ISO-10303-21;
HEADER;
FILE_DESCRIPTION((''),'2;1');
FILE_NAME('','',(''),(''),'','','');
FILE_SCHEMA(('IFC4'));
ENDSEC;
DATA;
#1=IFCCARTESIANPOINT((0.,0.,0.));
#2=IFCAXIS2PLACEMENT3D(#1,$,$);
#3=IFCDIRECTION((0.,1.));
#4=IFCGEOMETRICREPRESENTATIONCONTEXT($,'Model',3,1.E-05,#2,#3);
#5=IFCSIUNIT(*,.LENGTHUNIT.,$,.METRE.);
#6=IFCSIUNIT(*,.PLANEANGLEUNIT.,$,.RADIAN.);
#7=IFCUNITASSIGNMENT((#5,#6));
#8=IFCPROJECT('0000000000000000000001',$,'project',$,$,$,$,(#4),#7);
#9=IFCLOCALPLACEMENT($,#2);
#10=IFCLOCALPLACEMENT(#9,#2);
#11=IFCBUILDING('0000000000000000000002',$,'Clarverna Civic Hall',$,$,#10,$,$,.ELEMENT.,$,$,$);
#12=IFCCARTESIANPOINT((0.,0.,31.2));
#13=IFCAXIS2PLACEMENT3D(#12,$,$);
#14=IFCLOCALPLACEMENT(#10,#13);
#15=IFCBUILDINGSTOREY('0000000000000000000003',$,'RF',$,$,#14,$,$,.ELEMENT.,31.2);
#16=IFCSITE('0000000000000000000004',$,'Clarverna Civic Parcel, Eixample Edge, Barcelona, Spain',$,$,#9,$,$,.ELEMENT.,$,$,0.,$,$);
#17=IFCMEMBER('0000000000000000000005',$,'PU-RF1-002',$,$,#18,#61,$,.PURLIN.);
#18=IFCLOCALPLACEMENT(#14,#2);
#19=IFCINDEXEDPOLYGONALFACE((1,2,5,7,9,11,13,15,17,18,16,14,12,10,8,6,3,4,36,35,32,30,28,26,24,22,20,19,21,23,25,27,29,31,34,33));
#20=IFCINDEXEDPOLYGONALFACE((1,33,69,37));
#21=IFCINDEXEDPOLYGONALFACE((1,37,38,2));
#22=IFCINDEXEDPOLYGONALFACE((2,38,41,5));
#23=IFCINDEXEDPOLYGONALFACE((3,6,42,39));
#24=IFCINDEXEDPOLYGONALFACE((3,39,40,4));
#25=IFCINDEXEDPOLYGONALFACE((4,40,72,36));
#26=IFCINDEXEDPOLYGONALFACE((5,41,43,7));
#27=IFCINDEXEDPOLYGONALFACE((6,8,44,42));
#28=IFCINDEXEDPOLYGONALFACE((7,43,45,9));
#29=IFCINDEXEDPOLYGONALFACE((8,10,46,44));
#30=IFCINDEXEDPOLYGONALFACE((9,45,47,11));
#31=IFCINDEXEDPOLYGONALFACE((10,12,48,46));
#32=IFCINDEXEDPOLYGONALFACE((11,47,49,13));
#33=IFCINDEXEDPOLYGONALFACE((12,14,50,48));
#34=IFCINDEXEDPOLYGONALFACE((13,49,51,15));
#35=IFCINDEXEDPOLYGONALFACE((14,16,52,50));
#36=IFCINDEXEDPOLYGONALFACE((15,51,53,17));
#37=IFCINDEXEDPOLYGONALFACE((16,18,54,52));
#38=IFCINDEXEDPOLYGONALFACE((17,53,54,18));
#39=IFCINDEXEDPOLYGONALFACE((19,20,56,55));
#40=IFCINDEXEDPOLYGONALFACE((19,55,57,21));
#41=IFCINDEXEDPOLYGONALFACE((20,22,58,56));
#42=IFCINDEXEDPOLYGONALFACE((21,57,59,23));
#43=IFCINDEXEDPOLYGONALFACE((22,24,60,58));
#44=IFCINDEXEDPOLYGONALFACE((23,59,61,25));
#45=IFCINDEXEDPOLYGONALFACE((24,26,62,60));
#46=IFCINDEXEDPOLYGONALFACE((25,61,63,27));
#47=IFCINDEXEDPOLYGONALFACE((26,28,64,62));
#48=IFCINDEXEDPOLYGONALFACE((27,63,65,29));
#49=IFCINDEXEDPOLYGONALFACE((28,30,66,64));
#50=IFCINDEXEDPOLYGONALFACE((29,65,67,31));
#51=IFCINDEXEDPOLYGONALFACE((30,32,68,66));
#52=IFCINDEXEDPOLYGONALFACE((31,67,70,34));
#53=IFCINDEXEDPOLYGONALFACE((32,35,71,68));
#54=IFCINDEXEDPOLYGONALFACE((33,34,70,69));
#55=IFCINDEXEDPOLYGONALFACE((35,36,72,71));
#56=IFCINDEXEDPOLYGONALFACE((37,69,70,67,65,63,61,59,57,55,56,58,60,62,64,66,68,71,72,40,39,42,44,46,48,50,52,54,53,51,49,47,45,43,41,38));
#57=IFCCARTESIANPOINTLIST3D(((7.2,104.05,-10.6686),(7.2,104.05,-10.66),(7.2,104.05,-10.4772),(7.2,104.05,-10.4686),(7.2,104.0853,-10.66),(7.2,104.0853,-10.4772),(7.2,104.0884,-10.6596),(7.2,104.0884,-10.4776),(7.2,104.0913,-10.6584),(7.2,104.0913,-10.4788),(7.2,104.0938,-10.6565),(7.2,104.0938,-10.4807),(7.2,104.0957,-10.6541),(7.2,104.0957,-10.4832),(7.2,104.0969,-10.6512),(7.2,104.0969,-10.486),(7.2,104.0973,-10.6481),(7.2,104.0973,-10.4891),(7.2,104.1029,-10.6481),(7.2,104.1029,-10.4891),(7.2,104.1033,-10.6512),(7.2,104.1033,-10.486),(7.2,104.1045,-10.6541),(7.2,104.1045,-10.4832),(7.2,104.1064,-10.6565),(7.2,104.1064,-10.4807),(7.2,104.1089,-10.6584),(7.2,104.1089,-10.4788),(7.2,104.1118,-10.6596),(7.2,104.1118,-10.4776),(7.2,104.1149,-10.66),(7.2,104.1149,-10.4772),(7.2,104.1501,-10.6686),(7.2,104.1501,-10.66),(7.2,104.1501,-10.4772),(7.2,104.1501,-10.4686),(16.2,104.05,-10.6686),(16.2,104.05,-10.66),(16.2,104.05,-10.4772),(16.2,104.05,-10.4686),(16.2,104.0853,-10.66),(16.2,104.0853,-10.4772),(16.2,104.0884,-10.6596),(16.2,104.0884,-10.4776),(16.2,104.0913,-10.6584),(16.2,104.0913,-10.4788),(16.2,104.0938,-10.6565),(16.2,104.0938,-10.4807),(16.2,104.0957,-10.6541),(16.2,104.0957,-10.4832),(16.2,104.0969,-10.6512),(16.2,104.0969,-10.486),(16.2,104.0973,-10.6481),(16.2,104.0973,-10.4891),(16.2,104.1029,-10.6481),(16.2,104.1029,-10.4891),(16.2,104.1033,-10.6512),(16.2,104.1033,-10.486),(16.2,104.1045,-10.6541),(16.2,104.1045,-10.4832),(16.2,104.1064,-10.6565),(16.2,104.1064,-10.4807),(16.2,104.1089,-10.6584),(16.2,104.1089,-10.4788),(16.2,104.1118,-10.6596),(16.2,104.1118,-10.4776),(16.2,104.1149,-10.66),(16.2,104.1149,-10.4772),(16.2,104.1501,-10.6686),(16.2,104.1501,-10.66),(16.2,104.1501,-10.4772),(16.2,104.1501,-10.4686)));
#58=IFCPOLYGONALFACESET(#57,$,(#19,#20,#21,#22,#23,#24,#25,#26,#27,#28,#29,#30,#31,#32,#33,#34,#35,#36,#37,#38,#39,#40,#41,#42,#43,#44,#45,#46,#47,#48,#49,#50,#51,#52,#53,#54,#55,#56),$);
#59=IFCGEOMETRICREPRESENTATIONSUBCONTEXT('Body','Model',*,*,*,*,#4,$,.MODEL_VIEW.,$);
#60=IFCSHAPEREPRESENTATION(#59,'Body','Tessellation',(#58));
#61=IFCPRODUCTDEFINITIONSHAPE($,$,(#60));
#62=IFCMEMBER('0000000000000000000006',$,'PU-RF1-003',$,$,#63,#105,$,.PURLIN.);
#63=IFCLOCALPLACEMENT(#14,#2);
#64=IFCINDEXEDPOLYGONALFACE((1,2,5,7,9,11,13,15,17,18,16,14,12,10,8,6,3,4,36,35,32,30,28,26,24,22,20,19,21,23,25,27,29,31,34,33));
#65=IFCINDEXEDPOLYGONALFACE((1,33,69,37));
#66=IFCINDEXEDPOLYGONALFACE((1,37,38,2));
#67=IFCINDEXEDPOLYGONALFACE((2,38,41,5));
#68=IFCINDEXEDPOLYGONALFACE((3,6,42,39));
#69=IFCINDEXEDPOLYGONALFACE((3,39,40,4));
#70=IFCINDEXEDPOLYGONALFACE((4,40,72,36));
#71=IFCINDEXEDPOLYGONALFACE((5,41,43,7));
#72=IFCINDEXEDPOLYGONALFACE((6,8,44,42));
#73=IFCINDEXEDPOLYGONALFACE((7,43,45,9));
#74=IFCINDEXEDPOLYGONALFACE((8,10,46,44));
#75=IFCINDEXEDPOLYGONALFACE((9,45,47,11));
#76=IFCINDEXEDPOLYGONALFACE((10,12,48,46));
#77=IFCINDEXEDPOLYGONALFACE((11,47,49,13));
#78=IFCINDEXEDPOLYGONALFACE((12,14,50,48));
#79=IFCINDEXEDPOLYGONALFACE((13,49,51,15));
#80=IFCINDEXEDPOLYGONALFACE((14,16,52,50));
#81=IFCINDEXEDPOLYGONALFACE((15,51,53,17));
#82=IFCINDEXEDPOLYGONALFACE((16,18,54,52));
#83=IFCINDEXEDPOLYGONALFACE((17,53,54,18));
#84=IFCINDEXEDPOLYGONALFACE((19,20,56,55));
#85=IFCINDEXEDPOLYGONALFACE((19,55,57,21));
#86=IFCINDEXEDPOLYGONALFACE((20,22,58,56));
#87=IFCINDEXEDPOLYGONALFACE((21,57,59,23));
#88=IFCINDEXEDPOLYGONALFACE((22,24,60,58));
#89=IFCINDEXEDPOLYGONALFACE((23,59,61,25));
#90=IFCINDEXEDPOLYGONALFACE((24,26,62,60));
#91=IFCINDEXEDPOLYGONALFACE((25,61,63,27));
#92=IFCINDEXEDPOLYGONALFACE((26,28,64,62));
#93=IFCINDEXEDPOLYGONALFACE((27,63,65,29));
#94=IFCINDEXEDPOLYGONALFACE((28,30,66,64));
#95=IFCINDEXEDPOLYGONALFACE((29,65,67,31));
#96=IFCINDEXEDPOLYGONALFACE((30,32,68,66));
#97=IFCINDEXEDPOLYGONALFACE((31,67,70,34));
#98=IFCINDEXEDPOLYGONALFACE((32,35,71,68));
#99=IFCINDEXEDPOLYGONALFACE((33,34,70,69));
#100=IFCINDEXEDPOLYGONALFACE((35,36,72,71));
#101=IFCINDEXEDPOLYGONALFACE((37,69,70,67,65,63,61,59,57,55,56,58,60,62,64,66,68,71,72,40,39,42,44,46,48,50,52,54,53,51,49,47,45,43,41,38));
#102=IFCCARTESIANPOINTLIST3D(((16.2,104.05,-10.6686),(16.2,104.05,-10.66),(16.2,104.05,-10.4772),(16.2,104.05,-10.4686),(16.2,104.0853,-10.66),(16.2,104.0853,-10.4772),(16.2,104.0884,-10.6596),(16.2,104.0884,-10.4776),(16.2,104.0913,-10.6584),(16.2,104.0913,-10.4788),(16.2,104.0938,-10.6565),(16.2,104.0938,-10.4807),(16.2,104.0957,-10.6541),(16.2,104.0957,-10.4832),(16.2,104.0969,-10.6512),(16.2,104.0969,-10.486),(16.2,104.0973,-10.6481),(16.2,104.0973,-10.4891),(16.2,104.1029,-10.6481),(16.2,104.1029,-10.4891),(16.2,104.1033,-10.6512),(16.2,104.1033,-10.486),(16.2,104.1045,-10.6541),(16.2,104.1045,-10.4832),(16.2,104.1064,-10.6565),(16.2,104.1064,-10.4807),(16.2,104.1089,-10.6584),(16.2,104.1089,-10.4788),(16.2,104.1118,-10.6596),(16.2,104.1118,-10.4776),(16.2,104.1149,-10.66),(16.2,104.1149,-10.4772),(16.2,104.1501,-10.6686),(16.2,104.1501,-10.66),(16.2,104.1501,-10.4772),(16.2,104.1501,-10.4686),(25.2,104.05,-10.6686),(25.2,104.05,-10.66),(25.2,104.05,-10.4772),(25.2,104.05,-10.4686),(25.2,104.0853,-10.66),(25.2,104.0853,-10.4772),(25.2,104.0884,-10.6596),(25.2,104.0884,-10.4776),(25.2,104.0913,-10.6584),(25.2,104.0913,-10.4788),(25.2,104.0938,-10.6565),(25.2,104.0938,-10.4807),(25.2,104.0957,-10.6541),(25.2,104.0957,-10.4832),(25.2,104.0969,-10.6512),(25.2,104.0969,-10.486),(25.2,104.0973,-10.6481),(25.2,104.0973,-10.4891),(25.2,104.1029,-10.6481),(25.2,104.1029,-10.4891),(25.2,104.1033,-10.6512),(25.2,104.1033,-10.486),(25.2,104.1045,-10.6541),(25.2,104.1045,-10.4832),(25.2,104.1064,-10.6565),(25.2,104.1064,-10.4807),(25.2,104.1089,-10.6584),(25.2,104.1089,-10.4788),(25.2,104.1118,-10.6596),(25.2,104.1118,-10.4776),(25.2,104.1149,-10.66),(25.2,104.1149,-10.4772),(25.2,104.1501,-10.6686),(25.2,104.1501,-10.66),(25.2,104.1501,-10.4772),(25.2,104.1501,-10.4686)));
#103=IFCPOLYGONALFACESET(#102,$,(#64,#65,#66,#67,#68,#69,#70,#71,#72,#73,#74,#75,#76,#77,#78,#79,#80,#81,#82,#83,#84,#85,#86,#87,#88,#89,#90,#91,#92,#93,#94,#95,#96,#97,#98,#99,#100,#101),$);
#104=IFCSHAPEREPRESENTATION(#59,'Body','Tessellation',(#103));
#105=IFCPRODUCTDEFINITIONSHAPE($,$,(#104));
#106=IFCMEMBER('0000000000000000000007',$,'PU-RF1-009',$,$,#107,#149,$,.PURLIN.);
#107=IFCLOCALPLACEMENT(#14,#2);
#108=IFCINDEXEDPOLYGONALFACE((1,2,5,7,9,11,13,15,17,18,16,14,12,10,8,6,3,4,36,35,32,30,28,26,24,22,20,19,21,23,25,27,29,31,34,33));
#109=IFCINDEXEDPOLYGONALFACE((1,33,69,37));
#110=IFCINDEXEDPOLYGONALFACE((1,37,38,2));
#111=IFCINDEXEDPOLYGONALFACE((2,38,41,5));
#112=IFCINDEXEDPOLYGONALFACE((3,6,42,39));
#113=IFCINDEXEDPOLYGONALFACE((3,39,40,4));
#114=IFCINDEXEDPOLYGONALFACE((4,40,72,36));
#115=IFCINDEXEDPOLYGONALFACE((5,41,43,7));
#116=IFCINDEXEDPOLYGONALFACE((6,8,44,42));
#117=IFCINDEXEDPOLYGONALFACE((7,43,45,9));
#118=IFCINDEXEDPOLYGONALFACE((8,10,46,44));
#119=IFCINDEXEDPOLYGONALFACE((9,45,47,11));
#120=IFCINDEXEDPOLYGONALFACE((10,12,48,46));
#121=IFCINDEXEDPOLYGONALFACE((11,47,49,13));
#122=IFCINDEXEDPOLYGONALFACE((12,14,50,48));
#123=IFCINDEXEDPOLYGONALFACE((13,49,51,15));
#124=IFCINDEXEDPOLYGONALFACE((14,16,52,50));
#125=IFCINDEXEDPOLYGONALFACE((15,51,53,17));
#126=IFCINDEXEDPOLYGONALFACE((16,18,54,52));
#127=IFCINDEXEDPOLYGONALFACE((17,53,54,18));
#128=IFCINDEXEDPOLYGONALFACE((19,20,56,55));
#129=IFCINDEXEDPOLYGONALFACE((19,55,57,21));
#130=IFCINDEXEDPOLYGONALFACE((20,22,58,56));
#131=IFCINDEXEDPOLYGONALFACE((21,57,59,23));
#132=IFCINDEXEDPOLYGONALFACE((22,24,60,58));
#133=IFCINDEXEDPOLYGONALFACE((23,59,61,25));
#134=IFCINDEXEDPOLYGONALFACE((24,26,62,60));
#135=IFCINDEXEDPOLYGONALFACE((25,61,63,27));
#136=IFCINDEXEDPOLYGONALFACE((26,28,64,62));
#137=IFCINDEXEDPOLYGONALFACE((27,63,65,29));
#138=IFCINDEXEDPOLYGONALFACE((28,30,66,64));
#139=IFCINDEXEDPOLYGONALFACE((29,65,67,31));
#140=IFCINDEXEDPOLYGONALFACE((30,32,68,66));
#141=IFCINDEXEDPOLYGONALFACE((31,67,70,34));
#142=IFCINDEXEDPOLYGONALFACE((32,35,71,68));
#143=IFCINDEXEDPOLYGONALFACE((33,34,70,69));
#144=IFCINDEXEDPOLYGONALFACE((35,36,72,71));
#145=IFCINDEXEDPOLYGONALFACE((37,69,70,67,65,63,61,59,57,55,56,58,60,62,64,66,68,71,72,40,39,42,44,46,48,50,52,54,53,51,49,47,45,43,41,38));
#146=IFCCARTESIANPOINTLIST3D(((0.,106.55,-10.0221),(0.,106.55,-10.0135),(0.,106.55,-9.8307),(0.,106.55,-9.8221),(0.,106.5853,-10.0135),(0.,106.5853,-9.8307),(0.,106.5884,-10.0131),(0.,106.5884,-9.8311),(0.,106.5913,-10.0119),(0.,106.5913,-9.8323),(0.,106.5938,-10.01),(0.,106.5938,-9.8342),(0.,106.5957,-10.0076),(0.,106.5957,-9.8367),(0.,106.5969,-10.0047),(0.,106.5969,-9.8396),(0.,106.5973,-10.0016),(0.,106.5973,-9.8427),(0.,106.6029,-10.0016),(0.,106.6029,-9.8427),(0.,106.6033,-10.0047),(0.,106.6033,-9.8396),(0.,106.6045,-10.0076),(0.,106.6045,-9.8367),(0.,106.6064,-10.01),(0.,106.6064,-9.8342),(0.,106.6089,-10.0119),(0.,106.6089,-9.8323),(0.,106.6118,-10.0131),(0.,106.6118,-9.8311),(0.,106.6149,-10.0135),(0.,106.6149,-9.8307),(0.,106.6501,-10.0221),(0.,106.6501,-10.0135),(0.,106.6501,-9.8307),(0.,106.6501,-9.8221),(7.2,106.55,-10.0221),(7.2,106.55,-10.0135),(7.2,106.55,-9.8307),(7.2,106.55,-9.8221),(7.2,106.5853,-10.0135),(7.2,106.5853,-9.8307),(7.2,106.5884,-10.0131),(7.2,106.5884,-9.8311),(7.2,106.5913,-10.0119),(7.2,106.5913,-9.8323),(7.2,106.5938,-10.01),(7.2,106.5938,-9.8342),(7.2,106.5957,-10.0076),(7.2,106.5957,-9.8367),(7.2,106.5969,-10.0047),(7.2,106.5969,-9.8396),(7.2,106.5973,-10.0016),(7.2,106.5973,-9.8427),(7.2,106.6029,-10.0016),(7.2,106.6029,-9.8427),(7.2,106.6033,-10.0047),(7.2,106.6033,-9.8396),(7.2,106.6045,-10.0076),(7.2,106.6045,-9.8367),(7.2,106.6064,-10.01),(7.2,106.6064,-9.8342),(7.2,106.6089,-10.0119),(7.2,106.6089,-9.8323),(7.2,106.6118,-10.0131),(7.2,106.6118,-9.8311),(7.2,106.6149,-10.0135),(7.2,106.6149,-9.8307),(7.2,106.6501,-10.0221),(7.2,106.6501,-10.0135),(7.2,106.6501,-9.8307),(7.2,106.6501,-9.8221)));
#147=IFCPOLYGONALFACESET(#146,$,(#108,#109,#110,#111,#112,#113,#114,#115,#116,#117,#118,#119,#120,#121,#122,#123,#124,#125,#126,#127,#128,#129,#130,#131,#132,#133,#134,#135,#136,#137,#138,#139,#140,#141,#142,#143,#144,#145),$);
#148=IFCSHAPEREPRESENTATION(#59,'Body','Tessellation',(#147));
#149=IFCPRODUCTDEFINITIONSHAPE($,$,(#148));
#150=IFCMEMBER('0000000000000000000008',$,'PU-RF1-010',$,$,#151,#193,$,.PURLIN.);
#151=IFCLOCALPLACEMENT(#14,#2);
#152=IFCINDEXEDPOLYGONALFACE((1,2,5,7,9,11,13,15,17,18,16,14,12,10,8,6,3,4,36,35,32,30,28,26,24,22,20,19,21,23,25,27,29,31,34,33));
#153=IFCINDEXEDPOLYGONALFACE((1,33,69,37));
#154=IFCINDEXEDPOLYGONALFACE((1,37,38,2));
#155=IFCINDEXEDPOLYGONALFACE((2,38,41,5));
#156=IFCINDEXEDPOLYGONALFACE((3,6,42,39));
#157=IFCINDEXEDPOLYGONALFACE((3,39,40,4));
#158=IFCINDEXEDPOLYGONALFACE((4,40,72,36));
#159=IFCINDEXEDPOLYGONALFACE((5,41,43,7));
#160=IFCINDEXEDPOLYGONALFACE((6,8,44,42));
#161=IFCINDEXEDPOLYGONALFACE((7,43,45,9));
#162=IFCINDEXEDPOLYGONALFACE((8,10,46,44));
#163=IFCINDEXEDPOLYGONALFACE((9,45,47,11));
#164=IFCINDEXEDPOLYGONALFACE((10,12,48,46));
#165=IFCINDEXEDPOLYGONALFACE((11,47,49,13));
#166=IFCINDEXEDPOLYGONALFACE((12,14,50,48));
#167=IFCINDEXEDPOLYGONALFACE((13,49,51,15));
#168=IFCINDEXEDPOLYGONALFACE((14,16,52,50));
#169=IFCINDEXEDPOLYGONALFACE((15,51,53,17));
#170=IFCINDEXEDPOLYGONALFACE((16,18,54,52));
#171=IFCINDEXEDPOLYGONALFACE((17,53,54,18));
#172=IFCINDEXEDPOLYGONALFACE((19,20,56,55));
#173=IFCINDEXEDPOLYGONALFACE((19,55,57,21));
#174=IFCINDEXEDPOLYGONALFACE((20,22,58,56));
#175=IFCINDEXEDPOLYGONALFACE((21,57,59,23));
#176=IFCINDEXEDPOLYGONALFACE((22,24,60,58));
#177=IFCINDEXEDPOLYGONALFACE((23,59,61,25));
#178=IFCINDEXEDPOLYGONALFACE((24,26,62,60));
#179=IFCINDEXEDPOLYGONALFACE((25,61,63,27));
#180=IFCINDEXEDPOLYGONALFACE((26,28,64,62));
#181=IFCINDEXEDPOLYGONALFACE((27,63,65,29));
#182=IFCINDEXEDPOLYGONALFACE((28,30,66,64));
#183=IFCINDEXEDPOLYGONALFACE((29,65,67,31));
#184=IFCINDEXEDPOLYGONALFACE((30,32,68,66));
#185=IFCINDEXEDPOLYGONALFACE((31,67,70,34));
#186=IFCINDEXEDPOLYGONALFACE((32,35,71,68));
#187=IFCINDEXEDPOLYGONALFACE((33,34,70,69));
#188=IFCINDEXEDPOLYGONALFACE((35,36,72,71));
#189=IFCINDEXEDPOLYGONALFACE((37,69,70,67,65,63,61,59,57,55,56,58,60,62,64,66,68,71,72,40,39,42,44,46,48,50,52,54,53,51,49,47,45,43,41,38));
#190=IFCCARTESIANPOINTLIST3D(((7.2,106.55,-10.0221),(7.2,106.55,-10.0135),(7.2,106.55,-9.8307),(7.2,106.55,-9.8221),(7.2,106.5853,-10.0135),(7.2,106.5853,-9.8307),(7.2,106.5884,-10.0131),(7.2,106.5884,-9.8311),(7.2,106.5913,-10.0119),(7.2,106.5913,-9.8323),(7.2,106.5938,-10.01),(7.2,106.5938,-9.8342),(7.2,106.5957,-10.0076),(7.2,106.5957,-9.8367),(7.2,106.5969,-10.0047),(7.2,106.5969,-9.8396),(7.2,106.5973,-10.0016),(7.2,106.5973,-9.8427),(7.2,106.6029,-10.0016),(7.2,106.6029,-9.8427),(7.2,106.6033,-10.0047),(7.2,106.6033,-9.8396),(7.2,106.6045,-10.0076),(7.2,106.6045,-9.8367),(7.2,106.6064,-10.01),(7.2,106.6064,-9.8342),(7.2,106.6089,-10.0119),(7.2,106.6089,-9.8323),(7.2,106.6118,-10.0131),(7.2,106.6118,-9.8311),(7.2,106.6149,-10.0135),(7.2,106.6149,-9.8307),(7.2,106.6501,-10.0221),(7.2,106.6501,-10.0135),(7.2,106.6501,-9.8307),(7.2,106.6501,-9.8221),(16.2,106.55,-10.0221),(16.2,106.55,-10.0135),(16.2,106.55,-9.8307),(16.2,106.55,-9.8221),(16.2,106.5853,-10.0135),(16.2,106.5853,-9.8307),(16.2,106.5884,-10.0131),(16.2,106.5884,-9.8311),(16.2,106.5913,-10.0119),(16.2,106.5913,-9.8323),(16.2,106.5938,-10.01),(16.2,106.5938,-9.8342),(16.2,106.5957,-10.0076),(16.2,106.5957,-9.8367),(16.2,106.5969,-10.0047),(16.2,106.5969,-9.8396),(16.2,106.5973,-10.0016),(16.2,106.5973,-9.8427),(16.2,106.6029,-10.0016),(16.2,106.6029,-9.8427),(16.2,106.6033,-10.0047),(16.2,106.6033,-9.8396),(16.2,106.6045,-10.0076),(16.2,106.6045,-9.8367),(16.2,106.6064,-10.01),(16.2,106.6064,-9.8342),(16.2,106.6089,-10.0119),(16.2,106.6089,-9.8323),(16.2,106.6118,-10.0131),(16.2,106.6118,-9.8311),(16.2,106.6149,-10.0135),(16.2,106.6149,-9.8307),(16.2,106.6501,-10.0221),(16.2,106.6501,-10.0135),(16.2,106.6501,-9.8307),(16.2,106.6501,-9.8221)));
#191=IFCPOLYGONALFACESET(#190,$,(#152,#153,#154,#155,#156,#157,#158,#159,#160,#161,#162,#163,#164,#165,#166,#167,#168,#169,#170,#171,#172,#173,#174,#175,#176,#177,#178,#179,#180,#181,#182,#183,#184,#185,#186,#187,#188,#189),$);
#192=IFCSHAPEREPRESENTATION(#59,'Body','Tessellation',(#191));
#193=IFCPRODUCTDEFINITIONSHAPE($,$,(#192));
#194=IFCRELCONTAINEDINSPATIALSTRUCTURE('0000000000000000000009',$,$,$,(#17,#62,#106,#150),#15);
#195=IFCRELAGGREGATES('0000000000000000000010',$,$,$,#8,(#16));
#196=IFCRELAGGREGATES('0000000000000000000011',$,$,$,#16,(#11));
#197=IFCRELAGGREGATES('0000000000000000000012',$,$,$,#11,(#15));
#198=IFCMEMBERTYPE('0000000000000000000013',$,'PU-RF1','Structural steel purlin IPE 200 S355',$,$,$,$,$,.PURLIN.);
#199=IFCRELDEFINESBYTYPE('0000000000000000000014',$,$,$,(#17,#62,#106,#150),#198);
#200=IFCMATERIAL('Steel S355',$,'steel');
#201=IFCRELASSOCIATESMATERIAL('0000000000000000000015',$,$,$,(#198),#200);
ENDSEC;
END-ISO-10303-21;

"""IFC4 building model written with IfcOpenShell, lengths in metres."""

from ifc_helpers import new_model, si_unit, direction, frame, origin, origin_2d, place, context, subcontext, project, spatial, i_section, extrude, material, material_profile, profile_set, type_object, element, save


model = new_model("IFC4")

# Units and contexts
model_context = context("Model", 3, precision=1e-05, world=origin(), true_north=direction((0.0, 1.0)))
body_context = subcontext(model_context, "Body", "Model", "MODEL_VIEW")
ifc_project = project(units=[si_unit("LENGTHUNIT", "METRE"), si_unit("PLANEANGLEUNIT", "RADIAN")], contexts=[model_context])

# Site, building, storey
site_placement = place(None, origin())
site = spatial("IfcSite", under=ifc_project, at=site_placement, Name="Clarverna Civic Parcel, Eixample Edge, Barcelona, Spain", CompositionType="ELEMENT", RefElevation=0.0)
building_placement = place(site_placement, origin())
building = spatial("IfcBuilding", under=site, at=building_placement, Name="Clarverna Civic Hall", CompositionType="ELEMENT")
storey_placement = place(building_placement, frame((0.0, 0.0, 31.2)))
storey = spatial("IfcBuildingStorey", under=building, at=storey_placement, Name="RF", CompositionType="ELEMENT", Elevation=31.2)

# Members
ifc_material_1 = material(Name="Steel S355", Category="steel")
ifc_material_profile_1 = material_profile(ifc_material_1, i_section(OverallWidth=0.1001, OverallDepth=0.2, WebThickness=0.0056, FlangeThickness=0.0085, FilletRadius=0.012, at=origin_2d()), Name="IPE 200")
ifc_profile_set_1 = profile_set([ifc_material_profile_1], Name="Steel S355")
member_type_1 = type_object("IfcMemberType", Name="PU-RF1", Description="Structural steel purlin IPE 200 S355", PredefinedType="PURLIN", material=ifc_profile_set_1)
for number, where, z_axis, x_axis, name in (
    (1, (7.2, 104.1001, -10.5686), (1.0, 0.0, 0.0), (0.0, 1.0, 0.0), "PU-RF1-002"),
    (2, (16.2, 104.1001, -10.5686), (1.0, 0.0, 0.0), (0.0, 1.0, 0.0), "PU-RF1-003"),
):
    element("IfcMember", number, at=place(storey_placement, frame(where, z_axis=z_axis, x_axis=x_axis)), inside=storey, type_object=member_type_1, Name=name, PredefinedType="PURLIN", context=body_context, shape_type="SweptSolid", body=[
        extrude(i_section(OverallWidth=0.1001, OverallDepth=0.2, WebThickness=0.0056, FlangeThickness=0.0085, FilletRadius=0.012, at=origin_2d()), origin(), (0.0, 0.0, 1.0), 9.0),
    ])
member_1_placement = place(storey_placement, frame((0.0, 106.6001, -9.9221), z_axis=(1.0, 0.0, 0.0), x_axis=(0.0, 1.0, 0.0)))
element("IfcMember", 3, at=member_1_placement, inside=storey, type_object=member_type_1, Name="PU-RF1-009", PredefinedType="PURLIN", context=body_context, shape_type="SweptSolid", body=[
    extrude(i_section(OverallWidth=0.1001, OverallDepth=0.2, WebThickness=0.0056, FlangeThickness=0.0085, FilletRadius=0.012, at=origin_2d()), origin(), (0.0, 0.0, 1.0), 7.2),
])
member_2_placement = place(storey_placement, frame((7.2, 106.6001, -9.9221), z_axis=(1.0, 0.0, 0.0), x_axis=(0.0, 1.0, 0.0)))
element("IfcMember", 4, at=member_2_placement, inside=storey, type_object=member_type_1, Name="PU-RF1-010", PredefinedType="PURLIN", context=body_context, shape_type="SweptSolid", body=[
    extrude(i_section(OverallWidth=0.1001, OverallDepth=0.2, WebThickness=0.0056, FlangeThickness=0.0085, FilletRadius=0.012, at=origin_2d()), origin(), (0.0, 0.0, 1.0), 9.0),
])

save(model, "model.ifc")
